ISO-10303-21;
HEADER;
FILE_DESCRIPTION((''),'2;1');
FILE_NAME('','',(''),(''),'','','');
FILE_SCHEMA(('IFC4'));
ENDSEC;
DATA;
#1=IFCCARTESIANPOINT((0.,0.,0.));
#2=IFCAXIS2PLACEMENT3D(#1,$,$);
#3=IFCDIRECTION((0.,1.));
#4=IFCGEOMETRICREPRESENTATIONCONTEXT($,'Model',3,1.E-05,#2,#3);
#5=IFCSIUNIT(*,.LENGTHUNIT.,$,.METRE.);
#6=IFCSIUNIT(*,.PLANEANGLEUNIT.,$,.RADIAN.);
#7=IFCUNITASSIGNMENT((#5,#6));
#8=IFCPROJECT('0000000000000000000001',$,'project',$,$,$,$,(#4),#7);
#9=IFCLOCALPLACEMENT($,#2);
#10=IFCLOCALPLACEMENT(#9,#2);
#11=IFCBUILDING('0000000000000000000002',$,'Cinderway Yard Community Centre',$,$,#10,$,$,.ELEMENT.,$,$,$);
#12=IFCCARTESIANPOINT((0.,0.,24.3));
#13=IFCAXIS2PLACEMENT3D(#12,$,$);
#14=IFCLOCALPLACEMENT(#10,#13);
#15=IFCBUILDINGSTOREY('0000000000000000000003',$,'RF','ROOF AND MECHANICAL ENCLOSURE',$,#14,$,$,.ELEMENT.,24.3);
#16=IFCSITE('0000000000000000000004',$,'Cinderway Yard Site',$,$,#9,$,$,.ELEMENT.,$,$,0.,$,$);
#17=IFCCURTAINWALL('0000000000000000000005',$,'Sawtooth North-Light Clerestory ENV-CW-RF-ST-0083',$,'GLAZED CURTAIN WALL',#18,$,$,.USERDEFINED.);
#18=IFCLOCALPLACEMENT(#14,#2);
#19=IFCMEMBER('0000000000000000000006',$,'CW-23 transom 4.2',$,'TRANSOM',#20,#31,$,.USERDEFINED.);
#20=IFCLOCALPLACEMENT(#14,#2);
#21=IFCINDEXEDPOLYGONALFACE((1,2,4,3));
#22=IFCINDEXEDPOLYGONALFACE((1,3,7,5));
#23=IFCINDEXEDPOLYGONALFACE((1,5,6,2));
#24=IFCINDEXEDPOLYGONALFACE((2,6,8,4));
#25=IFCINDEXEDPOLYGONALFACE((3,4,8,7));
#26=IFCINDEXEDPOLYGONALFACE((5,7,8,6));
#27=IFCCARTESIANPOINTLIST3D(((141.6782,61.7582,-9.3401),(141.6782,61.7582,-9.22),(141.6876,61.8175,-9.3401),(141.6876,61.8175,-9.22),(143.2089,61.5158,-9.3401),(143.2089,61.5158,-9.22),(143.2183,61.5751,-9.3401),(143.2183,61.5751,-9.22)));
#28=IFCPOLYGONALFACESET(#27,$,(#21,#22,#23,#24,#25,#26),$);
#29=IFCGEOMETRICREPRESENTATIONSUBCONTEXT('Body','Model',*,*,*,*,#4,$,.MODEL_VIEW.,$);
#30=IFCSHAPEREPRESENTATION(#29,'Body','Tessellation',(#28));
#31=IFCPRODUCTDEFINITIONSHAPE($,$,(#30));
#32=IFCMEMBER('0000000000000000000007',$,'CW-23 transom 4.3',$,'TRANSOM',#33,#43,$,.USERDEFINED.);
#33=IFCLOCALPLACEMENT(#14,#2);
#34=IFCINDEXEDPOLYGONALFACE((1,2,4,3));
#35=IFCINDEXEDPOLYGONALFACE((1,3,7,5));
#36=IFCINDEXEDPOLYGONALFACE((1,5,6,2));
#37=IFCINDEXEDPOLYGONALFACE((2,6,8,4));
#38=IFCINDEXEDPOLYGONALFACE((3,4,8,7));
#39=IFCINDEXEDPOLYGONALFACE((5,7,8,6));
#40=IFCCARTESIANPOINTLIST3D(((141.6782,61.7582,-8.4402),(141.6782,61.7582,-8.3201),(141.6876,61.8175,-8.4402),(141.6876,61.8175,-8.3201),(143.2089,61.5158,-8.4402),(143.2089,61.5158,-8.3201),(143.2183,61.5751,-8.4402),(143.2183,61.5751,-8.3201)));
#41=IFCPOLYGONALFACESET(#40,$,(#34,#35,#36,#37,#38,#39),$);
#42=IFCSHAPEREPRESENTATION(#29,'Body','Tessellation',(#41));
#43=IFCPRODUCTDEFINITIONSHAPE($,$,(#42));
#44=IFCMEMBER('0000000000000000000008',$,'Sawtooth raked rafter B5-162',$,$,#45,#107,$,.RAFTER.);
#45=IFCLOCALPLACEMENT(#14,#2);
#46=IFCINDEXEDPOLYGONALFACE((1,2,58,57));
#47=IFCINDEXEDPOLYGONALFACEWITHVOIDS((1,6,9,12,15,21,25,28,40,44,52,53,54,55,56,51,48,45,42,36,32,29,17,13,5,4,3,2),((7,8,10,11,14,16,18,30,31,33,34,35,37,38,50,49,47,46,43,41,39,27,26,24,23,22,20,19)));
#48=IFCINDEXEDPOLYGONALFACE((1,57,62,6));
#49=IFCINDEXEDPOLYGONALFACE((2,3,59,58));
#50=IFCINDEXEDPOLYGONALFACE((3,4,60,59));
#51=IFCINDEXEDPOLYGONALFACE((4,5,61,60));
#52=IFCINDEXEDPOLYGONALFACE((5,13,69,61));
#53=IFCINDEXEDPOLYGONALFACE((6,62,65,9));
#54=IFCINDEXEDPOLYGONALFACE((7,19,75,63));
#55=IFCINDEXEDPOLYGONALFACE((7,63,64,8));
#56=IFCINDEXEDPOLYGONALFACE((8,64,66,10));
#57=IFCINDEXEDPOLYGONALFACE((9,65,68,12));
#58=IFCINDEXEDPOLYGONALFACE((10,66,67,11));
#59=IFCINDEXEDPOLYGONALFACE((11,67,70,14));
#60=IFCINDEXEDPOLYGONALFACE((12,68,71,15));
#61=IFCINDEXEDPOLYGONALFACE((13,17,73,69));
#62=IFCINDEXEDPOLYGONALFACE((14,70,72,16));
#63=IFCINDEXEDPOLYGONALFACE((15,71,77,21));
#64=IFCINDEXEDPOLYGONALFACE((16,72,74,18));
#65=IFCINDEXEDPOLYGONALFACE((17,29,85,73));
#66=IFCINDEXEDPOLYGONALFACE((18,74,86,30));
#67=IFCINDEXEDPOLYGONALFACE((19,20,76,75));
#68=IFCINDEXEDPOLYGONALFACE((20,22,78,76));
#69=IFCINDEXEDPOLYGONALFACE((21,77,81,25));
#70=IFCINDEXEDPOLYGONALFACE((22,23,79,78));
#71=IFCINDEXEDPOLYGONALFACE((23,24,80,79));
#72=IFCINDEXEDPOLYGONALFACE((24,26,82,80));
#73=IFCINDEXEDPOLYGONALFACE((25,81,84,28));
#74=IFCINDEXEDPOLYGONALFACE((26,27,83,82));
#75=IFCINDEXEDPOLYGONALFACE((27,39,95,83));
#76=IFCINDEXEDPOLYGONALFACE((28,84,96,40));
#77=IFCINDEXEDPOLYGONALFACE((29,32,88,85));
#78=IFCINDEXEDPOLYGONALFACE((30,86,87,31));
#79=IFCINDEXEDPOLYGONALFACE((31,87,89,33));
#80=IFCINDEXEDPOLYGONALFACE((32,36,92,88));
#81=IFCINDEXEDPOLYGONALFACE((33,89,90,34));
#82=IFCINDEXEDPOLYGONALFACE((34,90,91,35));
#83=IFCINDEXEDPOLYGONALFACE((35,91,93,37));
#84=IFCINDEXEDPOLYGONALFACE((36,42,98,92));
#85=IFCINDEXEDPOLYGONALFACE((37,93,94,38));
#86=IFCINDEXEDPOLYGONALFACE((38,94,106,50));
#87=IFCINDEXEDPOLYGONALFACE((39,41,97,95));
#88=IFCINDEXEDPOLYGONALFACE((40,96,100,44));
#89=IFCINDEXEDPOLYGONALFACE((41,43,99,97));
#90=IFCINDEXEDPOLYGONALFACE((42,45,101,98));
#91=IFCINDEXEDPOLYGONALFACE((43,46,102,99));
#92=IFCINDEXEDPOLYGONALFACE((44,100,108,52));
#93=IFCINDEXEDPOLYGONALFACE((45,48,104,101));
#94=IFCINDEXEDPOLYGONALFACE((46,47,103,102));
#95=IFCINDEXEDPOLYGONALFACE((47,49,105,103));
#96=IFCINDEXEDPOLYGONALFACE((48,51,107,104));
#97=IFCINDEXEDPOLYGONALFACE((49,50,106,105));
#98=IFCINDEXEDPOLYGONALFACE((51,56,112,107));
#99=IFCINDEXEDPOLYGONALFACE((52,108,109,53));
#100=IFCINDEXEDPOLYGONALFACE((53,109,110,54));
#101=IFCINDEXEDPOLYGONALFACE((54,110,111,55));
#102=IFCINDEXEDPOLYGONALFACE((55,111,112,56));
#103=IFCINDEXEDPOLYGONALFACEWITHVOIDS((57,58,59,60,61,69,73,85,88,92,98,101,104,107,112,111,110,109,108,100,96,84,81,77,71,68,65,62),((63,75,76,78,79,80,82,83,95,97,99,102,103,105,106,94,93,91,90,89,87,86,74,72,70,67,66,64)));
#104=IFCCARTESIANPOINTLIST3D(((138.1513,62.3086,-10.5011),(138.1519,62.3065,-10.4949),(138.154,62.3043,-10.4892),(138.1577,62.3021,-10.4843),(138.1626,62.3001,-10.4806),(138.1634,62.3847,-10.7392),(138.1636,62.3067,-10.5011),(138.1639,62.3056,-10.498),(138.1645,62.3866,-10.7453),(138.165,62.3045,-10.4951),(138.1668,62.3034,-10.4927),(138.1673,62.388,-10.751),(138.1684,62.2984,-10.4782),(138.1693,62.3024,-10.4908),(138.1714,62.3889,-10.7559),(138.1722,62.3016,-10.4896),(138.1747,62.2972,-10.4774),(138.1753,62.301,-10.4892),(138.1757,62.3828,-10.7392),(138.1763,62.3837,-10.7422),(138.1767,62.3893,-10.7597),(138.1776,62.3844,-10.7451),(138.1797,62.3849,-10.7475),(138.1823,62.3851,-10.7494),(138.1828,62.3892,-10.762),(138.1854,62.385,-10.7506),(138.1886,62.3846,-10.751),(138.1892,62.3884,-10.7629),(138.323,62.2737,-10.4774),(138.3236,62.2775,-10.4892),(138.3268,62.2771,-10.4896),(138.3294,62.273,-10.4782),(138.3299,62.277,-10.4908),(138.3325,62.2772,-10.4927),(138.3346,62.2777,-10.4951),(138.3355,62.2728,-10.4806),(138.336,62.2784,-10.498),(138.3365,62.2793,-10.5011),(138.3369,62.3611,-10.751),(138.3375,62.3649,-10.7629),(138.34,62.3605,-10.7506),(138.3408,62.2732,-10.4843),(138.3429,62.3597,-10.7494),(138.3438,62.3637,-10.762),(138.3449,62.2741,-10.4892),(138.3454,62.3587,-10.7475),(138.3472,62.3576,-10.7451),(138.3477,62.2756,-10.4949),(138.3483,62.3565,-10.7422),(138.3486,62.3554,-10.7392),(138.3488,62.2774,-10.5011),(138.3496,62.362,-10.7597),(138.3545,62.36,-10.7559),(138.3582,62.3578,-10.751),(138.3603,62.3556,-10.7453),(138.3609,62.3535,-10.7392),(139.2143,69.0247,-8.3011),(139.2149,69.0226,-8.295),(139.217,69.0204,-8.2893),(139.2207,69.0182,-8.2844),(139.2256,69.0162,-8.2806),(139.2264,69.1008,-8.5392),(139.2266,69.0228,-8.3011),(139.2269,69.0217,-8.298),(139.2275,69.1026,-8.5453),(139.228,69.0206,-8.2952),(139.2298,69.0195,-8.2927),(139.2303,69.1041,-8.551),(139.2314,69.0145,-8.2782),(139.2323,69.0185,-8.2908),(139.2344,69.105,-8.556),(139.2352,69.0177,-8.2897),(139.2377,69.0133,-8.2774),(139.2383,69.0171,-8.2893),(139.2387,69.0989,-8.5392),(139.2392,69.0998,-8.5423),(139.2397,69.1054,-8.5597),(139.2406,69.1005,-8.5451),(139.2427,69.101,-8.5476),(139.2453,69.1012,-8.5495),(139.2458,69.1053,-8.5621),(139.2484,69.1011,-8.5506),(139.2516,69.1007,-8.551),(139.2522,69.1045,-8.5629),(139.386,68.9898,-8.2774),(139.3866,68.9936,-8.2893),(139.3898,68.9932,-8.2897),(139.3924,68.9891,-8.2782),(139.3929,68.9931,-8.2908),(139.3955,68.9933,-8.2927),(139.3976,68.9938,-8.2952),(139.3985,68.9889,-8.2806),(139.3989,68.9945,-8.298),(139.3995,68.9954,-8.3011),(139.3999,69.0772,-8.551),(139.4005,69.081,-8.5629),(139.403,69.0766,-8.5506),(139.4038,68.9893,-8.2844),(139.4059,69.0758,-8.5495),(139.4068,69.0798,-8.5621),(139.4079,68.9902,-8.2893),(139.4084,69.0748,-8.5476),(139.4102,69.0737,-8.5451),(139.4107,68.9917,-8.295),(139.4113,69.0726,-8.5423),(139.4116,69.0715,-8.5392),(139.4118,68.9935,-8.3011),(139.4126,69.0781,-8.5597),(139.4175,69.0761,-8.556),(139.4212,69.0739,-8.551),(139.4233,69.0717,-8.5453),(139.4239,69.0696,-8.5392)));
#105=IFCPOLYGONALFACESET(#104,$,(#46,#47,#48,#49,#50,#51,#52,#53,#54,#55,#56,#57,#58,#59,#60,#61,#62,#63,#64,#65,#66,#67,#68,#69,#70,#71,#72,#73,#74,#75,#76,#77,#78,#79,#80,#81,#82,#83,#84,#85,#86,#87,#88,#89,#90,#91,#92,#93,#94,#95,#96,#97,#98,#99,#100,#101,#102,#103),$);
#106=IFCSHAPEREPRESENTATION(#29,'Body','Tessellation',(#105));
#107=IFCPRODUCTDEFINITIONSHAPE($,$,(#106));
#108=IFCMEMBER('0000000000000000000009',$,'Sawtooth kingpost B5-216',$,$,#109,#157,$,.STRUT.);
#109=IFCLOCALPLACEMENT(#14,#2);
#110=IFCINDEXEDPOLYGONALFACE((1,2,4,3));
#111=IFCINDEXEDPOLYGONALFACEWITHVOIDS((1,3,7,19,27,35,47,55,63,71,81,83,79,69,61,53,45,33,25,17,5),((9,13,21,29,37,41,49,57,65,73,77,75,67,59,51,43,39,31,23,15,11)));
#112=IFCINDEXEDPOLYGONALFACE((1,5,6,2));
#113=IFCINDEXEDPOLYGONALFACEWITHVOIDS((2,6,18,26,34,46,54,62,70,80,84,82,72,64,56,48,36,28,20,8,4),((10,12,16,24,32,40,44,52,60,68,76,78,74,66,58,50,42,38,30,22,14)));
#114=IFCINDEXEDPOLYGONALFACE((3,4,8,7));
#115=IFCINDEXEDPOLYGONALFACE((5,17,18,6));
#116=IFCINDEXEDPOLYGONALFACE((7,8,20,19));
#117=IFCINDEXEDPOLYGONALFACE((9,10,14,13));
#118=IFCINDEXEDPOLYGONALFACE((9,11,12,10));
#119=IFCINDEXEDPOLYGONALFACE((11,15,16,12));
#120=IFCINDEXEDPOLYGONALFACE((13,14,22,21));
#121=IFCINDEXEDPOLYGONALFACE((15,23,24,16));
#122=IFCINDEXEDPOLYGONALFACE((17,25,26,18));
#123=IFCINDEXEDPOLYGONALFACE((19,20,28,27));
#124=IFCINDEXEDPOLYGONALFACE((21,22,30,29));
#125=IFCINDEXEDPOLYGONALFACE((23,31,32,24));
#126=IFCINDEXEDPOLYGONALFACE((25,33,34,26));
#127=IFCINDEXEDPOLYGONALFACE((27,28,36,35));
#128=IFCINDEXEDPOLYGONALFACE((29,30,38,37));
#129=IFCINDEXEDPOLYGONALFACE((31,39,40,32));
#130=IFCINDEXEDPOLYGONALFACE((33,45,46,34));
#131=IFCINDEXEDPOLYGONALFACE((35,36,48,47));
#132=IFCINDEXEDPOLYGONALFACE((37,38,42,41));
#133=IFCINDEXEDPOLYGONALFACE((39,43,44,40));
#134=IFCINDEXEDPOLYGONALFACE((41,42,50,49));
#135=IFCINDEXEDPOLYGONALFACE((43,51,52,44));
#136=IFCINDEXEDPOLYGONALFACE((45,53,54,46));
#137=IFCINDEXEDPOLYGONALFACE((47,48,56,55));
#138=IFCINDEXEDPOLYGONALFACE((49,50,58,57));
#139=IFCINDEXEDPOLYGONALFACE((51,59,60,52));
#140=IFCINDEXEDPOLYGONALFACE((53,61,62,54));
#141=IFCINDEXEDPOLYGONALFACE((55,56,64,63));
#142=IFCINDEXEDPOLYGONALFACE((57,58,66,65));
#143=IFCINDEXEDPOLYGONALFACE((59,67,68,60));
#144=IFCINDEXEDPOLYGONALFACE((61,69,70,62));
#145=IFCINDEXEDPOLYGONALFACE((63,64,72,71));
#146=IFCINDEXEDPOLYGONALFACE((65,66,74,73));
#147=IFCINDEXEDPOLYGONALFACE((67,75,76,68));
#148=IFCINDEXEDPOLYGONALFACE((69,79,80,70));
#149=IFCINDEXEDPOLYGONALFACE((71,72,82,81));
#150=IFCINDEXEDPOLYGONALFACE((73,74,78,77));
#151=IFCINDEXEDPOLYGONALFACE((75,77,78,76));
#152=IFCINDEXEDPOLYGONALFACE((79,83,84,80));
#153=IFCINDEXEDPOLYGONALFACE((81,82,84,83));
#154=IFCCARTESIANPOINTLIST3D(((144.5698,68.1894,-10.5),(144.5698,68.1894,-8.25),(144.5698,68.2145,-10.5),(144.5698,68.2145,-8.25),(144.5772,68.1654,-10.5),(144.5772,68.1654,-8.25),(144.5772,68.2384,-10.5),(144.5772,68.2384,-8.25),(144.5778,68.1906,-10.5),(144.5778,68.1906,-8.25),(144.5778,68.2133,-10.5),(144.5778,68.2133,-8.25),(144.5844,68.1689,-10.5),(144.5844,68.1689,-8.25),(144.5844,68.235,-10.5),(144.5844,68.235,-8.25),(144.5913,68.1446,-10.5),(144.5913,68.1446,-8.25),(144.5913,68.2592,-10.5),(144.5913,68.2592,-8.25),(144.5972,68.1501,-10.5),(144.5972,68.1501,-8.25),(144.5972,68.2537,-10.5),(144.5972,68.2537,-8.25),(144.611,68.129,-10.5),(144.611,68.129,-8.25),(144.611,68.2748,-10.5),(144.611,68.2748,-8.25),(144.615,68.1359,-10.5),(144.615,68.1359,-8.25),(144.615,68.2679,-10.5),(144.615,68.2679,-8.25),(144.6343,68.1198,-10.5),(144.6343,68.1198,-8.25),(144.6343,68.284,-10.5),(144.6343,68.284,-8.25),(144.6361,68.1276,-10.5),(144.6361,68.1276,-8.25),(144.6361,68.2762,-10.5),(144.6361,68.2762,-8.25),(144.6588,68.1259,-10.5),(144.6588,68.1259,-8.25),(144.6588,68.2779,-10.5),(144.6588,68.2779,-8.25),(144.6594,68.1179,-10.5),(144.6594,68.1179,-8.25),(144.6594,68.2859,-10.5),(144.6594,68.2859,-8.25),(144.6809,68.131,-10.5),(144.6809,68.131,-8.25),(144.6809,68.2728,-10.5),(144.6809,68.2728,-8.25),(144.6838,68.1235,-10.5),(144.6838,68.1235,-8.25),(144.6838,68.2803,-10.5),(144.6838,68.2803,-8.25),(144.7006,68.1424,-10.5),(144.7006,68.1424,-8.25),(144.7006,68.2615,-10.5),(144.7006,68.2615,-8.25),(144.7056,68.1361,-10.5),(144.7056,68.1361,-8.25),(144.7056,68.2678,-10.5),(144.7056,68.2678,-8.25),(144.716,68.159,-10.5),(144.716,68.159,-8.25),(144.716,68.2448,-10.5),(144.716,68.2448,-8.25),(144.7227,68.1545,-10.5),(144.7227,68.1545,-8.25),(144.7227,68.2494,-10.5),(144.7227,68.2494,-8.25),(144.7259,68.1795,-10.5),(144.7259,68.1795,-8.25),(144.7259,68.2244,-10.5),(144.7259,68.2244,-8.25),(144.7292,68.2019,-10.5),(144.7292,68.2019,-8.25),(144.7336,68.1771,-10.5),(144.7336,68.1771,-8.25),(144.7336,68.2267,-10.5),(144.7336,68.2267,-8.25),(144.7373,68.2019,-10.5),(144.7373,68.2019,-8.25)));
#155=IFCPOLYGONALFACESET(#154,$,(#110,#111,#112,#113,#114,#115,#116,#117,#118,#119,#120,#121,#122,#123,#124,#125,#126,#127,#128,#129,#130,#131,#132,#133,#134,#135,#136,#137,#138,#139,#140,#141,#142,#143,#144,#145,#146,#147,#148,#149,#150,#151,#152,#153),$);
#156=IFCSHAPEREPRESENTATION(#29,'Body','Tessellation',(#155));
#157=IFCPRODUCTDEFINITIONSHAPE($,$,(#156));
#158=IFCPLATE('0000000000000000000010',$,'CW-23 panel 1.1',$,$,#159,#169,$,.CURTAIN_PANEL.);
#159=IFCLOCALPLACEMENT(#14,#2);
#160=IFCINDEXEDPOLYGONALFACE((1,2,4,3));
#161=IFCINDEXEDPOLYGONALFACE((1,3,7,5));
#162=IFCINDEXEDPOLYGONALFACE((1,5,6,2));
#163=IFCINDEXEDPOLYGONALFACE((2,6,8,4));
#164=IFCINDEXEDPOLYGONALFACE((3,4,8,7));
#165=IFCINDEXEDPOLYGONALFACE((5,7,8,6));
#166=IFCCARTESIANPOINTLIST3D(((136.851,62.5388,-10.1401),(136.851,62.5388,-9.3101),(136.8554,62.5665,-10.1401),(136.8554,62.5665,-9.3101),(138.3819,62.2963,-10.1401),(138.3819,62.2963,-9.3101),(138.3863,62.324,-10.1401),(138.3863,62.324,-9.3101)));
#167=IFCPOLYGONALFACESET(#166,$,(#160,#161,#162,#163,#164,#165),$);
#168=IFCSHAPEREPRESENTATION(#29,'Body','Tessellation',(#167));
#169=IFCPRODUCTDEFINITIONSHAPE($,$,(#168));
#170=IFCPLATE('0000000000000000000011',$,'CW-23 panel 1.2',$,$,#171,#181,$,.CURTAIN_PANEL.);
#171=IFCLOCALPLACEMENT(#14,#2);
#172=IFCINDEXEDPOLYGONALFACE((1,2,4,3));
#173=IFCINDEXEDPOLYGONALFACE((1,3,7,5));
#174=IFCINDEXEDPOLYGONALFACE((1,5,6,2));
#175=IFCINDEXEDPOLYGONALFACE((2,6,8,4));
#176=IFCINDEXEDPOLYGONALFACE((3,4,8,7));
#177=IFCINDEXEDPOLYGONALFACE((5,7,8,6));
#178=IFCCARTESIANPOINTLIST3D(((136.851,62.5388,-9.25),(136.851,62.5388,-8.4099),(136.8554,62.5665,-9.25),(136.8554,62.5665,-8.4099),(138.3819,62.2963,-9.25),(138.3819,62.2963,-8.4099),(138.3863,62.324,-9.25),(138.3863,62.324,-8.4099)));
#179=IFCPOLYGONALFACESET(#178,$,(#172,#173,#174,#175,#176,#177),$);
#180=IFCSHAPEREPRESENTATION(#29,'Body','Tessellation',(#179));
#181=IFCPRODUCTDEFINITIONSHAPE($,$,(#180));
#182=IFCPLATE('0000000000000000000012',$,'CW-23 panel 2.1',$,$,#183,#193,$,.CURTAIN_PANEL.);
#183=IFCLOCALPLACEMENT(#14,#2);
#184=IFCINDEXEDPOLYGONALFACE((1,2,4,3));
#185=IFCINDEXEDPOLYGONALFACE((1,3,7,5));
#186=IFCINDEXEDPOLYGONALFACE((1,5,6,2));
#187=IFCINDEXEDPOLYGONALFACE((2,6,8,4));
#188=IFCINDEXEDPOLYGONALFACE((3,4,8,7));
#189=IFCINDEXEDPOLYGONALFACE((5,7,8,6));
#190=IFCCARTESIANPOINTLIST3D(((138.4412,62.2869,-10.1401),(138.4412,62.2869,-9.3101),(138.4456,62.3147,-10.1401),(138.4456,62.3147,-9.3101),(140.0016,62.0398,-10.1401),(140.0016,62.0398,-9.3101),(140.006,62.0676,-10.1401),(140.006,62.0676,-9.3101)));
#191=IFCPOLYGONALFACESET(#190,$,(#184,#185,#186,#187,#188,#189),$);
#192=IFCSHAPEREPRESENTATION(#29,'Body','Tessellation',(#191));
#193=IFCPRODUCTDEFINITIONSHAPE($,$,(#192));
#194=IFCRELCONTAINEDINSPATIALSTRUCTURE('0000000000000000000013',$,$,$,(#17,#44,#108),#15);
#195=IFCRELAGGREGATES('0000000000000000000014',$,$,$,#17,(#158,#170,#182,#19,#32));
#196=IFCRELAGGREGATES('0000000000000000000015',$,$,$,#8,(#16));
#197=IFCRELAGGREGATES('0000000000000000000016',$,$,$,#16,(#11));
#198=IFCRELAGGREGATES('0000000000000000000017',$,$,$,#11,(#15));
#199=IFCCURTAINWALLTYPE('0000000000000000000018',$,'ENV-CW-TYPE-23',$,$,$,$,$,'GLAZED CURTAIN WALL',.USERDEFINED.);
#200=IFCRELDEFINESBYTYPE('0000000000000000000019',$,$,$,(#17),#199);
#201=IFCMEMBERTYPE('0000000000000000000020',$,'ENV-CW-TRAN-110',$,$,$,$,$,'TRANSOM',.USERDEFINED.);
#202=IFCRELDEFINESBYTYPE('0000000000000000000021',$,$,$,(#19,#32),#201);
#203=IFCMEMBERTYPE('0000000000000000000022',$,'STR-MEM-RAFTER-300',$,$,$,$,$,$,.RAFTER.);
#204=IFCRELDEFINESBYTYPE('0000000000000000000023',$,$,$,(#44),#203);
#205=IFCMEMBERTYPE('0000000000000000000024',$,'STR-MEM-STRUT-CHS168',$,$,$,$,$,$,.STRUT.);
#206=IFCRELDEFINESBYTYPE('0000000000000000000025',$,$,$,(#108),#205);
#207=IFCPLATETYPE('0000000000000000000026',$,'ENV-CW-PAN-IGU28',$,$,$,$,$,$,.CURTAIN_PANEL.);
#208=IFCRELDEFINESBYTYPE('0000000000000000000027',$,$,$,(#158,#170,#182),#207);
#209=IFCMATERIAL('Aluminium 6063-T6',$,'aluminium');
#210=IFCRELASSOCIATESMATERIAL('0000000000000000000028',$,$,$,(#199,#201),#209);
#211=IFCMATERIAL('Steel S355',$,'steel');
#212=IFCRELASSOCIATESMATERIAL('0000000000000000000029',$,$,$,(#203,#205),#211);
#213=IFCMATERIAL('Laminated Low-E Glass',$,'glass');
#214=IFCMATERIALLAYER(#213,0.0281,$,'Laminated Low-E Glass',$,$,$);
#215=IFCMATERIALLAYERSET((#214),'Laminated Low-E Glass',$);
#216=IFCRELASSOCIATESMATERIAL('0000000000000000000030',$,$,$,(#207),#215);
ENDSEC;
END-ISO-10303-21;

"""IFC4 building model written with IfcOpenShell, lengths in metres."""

from ifc_helpers import new_model, si_unit, direction, frame, origin, origin_2d, place, context, subcontext, project, spatial, rectangle, hollow_rectangle, hollow_circle, extrude, material, layer, layer_set, material_profile, profile_set, type_object, element, aggregate, save


model = new_model("IFC4")

# Units and contexts
model_context = context("Model", 3, precision=1e-05, world=origin(), true_north=direction((0.0, 1.0)))
body_context = subcontext(model_context, "Body", "Model", "MODEL_VIEW")
ifc_project = project(units=[si_unit("LENGTHUNIT", "METRE"), si_unit("PLANEANGLEUNIT", "RADIAN")], contexts=[model_context])

# Site, building, storey
site_placement = place(None, origin())
site = spatial("IfcSite", under=ifc_project, at=site_placement, Name="Cinderway Yard Site", CompositionType="ELEMENT", RefElevation=0.0)
building_placement = place(site_placement, origin())
building = spatial("IfcBuilding", under=site, at=building_placement, Name="Cinderway Yard Community Centre", CompositionType="ELEMENT")
storey_placement = place(building_placement, frame((0.0, 0.0, 24.3)))
storey = spatial("IfcBuildingStorey", under=building, at=storey_placement, Name="RF", Description="ROOF AND MECHANICAL ENCLOSURE", CompositionType="ELEMENT", Elevation=24.3)

# Shared definitions
ifc_material_1 = material(Name="Steel S355", Category="steel")

# Curtain wall, members
ifc_material_2 = material(Name="Aluminium 6063-T6", Category="aluminium")
curtain_wall_type = type_object("IfcCurtainWallType", Name="ENV-CW-TYPE-23", ElementType="GLAZED CURTAIN WALL", PredefinedType="USERDEFINED", material=ifc_material_2)
curtain_wall_placement = place(storey_placement, origin())
curtain_wall = element("IfcCurtainWall", 1, at=curtain_wall_placement, inside=storey, type_object=curtain_wall_type, Name="Sawtooth North-Light Clerestory ENV-CW-RF-ST-0083", ObjectType="GLAZED CURTAIN WALL", PredefinedType="USERDEFINED")
ifc_material_profile_1 = material_profile(ifc_material_2, rectangle(XDim=0.0601, YDim=0.1201, at=origin_2d()), Name="Aluminium 6063-T6")
ifc_profile_set_1 = profile_set([ifc_material_profile_1], Name="Aluminium 6063-T6")
member_type_1 = type_object("IfcMemberType", Name="ENV-CW-TRAN-110", ElementType="TRANSOM", PredefinedType="USERDEFINED", material=ifc_profile_set_1)
member_1_placement = place(storey_placement, frame((141.6829, 61.7878, -9.28), z_axis=(0.98769, -0.156424, 0.0), x_axis=(0.156424, 0.98769, 0.0)))
member_1 = element("IfcMember", 2, at=member_1_placement, type_object=member_type_1, Name="CW-23 transom 4.2", ObjectType="TRANSOM", PredefinedType="USERDEFINED", context=body_context, shape_type="SweptSolid", body=[
    extrude(rectangle(XDim=0.0601, YDim=0.1201, at=origin_2d()), origin(), (0.0, 0.0, 1.0), 1.5498),
])
member_2_placement = place(storey_placement, frame((141.6829, 61.7878, -8.3801), z_axis=(0.98769, -0.156424, 0.0), x_axis=(0.156424, 0.98769, 0.0)))
member_2 = element("IfcMember", 3, at=member_2_placement, type_object=member_type_1, Name="CW-23 transom 4.3", ObjectType="TRANSOM", PredefinedType="USERDEFINED", context=body_context, shape_type="SweptSolid", body=[
    extrude(rectangle(XDim=0.0601, YDim=0.1201, at=origin_2d()), origin(), (0.0, 0.0, 1.0), 1.5498),
])

# Members
ifc_material_profile_2 = material_profile(ifc_material_1, hollow_rectangle(XDim=0.2, YDim=0.3, WallThickness=0.0125, InnerFilletRadius=0.0125, OuterFilletRadius=0.0249, at=origin_2d()), Name="Steel S355")
ifc_profile_set_2 = profile_set([ifc_material_profile_2], Name="Steel S355")
member_type_2 = type_object("IfcMemberType", Name="STR-MEM-RAFTER-300", PredefinedType="RAFTER", material=ifc_profile_set_2)
member_3_placement = place(storey_placement, frame((138.2561, 62.3311, -10.6201), z_axis=(0.148738, 0.939744, 0.307828), x_axis=(-0.987705, 0.156329, 0.0)))
element("IfcMember", 4, at=member_3_placement, inside=storey, type_object=member_type_2, Name="Sawtooth raked rafter B5-162", PredefinedType="RAFTER", context=body_context, shape_type="SweptSolid", body=[
    extrude(hollow_rectangle(XDim=0.2, YDim=0.3, WallThickness=0.0125, InnerFilletRadius=0.0125, OuterFilletRadius=0.0249, at=origin_2d()), origin(), (0.0, 0.0, 1.0), 7.1467),
])
ifc_material_profile_3 = material_profile(ifc_material_1, hollow_circle(Radius=0.0842, WallThickness=0.0081, at=origin_2d()), Name="Steel S355")
ifc_profile_set_3 = profile_set([ifc_material_profile_3], Name="Steel S355")
member_type_3 = type_object("IfcMemberType", Name="STR-MEM-STRUT-CHS168", PredefinedType="STRUT", material=ifc_profile_set_3)
member_4_placement = place(storey_placement, frame((144.6531, 68.2019, -10.5), z_axis=(0.0, 0.0, 1.0), x_axis=(1.0, 0.0, 0.0)))
element("IfcMember", 5, at=member_4_placement, inside=storey, type_object=member_type_3, Name="Sawtooth kingpost B5-216", PredefinedType="STRUT", context=body_context, shape_type="SweptSolid", body=[
    extrude(hollow_circle(Radius=0.0842, WallThickness=0.0081, at=origin_2d()), origin(), (0.0, 0.0, 1.0), 2.25),
])

# Plates
ifc_material_3 = material(Name="Laminated Low-E Glass", Category="glass")
ifc_layer_1 = layer(ifc_material_3, 0.0281, Name="Laminated Low-E Glass")
ifc_layer_set_1 = layer_set([ifc_layer_1], Name="Laminated Low-E Glass")
plate_type_1 = type_object("IfcPlateType", Name="ENV-CW-PAN-IGU28", PredefinedType="CURTAIN_PANEL", material=ifc_layer_set_1)
plate_1_placement = place(storey_placement, frame((137.6187, 62.4314, -10.1401), z_axis=(0.0, 0.0, 1.0), x_axis=(0.987692, -0.156409, 0.0)))
plate_1 = element("IfcPlate", 6, at=plate_1_placement, type_object=plate_type_1, Name="CW-23 panel 1.1", PredefinedType="CURTAIN_PANEL", context=body_context, shape_type="SweptSolid", body=[
    extrude(rectangle(XDim=1.55, YDim=0.0281, at=origin_2d()), origin(), (0.0, 0.0, 1.0), 0.8301),
])
plate_2_placement = place(storey_placement, frame((137.6187, 62.4314, -9.25), z_axis=(0.0, 0.0, 1.0), x_axis=(0.987692, -0.156409, 0.0)))
plate_2 = element("IfcPlate", 7, at=plate_2_placement, type_object=plate_type_1, Name="CW-23 panel 1.2", PredefinedType="CURTAIN_PANEL", context=body_context, shape_type="SweptSolid", body=[
    extrude(rectangle(XDim=1.55, YDim=0.0281, at=origin_2d()), origin(), (0.0, 0.0, 1.0), 0.8401),
])
plate_3_placement = place(storey_placement, frame((139.2236, 62.1772, -10.1401), z_axis=(0.0, 0.0, 1.0), x_axis=(0.987692, -0.156409, 0.0)))
plate_3 = element("IfcPlate", 8, at=plate_3_placement, type_object=plate_type_1, Name="CW-23 panel 2.1", PredefinedType="CURTAIN_PANEL", context=body_context, shape_type="SweptSolid", body=[
    extrude(rectangle(XDim=1.5798, YDim=0.0281, at=origin_2d()), origin(), (0.0, 0.0, 1.0), 0.8301),
])
aggregate(curtain_wall, [plate_1, plate_2, plate_3, member_1, member_2])

save(model, "model.ifc")
